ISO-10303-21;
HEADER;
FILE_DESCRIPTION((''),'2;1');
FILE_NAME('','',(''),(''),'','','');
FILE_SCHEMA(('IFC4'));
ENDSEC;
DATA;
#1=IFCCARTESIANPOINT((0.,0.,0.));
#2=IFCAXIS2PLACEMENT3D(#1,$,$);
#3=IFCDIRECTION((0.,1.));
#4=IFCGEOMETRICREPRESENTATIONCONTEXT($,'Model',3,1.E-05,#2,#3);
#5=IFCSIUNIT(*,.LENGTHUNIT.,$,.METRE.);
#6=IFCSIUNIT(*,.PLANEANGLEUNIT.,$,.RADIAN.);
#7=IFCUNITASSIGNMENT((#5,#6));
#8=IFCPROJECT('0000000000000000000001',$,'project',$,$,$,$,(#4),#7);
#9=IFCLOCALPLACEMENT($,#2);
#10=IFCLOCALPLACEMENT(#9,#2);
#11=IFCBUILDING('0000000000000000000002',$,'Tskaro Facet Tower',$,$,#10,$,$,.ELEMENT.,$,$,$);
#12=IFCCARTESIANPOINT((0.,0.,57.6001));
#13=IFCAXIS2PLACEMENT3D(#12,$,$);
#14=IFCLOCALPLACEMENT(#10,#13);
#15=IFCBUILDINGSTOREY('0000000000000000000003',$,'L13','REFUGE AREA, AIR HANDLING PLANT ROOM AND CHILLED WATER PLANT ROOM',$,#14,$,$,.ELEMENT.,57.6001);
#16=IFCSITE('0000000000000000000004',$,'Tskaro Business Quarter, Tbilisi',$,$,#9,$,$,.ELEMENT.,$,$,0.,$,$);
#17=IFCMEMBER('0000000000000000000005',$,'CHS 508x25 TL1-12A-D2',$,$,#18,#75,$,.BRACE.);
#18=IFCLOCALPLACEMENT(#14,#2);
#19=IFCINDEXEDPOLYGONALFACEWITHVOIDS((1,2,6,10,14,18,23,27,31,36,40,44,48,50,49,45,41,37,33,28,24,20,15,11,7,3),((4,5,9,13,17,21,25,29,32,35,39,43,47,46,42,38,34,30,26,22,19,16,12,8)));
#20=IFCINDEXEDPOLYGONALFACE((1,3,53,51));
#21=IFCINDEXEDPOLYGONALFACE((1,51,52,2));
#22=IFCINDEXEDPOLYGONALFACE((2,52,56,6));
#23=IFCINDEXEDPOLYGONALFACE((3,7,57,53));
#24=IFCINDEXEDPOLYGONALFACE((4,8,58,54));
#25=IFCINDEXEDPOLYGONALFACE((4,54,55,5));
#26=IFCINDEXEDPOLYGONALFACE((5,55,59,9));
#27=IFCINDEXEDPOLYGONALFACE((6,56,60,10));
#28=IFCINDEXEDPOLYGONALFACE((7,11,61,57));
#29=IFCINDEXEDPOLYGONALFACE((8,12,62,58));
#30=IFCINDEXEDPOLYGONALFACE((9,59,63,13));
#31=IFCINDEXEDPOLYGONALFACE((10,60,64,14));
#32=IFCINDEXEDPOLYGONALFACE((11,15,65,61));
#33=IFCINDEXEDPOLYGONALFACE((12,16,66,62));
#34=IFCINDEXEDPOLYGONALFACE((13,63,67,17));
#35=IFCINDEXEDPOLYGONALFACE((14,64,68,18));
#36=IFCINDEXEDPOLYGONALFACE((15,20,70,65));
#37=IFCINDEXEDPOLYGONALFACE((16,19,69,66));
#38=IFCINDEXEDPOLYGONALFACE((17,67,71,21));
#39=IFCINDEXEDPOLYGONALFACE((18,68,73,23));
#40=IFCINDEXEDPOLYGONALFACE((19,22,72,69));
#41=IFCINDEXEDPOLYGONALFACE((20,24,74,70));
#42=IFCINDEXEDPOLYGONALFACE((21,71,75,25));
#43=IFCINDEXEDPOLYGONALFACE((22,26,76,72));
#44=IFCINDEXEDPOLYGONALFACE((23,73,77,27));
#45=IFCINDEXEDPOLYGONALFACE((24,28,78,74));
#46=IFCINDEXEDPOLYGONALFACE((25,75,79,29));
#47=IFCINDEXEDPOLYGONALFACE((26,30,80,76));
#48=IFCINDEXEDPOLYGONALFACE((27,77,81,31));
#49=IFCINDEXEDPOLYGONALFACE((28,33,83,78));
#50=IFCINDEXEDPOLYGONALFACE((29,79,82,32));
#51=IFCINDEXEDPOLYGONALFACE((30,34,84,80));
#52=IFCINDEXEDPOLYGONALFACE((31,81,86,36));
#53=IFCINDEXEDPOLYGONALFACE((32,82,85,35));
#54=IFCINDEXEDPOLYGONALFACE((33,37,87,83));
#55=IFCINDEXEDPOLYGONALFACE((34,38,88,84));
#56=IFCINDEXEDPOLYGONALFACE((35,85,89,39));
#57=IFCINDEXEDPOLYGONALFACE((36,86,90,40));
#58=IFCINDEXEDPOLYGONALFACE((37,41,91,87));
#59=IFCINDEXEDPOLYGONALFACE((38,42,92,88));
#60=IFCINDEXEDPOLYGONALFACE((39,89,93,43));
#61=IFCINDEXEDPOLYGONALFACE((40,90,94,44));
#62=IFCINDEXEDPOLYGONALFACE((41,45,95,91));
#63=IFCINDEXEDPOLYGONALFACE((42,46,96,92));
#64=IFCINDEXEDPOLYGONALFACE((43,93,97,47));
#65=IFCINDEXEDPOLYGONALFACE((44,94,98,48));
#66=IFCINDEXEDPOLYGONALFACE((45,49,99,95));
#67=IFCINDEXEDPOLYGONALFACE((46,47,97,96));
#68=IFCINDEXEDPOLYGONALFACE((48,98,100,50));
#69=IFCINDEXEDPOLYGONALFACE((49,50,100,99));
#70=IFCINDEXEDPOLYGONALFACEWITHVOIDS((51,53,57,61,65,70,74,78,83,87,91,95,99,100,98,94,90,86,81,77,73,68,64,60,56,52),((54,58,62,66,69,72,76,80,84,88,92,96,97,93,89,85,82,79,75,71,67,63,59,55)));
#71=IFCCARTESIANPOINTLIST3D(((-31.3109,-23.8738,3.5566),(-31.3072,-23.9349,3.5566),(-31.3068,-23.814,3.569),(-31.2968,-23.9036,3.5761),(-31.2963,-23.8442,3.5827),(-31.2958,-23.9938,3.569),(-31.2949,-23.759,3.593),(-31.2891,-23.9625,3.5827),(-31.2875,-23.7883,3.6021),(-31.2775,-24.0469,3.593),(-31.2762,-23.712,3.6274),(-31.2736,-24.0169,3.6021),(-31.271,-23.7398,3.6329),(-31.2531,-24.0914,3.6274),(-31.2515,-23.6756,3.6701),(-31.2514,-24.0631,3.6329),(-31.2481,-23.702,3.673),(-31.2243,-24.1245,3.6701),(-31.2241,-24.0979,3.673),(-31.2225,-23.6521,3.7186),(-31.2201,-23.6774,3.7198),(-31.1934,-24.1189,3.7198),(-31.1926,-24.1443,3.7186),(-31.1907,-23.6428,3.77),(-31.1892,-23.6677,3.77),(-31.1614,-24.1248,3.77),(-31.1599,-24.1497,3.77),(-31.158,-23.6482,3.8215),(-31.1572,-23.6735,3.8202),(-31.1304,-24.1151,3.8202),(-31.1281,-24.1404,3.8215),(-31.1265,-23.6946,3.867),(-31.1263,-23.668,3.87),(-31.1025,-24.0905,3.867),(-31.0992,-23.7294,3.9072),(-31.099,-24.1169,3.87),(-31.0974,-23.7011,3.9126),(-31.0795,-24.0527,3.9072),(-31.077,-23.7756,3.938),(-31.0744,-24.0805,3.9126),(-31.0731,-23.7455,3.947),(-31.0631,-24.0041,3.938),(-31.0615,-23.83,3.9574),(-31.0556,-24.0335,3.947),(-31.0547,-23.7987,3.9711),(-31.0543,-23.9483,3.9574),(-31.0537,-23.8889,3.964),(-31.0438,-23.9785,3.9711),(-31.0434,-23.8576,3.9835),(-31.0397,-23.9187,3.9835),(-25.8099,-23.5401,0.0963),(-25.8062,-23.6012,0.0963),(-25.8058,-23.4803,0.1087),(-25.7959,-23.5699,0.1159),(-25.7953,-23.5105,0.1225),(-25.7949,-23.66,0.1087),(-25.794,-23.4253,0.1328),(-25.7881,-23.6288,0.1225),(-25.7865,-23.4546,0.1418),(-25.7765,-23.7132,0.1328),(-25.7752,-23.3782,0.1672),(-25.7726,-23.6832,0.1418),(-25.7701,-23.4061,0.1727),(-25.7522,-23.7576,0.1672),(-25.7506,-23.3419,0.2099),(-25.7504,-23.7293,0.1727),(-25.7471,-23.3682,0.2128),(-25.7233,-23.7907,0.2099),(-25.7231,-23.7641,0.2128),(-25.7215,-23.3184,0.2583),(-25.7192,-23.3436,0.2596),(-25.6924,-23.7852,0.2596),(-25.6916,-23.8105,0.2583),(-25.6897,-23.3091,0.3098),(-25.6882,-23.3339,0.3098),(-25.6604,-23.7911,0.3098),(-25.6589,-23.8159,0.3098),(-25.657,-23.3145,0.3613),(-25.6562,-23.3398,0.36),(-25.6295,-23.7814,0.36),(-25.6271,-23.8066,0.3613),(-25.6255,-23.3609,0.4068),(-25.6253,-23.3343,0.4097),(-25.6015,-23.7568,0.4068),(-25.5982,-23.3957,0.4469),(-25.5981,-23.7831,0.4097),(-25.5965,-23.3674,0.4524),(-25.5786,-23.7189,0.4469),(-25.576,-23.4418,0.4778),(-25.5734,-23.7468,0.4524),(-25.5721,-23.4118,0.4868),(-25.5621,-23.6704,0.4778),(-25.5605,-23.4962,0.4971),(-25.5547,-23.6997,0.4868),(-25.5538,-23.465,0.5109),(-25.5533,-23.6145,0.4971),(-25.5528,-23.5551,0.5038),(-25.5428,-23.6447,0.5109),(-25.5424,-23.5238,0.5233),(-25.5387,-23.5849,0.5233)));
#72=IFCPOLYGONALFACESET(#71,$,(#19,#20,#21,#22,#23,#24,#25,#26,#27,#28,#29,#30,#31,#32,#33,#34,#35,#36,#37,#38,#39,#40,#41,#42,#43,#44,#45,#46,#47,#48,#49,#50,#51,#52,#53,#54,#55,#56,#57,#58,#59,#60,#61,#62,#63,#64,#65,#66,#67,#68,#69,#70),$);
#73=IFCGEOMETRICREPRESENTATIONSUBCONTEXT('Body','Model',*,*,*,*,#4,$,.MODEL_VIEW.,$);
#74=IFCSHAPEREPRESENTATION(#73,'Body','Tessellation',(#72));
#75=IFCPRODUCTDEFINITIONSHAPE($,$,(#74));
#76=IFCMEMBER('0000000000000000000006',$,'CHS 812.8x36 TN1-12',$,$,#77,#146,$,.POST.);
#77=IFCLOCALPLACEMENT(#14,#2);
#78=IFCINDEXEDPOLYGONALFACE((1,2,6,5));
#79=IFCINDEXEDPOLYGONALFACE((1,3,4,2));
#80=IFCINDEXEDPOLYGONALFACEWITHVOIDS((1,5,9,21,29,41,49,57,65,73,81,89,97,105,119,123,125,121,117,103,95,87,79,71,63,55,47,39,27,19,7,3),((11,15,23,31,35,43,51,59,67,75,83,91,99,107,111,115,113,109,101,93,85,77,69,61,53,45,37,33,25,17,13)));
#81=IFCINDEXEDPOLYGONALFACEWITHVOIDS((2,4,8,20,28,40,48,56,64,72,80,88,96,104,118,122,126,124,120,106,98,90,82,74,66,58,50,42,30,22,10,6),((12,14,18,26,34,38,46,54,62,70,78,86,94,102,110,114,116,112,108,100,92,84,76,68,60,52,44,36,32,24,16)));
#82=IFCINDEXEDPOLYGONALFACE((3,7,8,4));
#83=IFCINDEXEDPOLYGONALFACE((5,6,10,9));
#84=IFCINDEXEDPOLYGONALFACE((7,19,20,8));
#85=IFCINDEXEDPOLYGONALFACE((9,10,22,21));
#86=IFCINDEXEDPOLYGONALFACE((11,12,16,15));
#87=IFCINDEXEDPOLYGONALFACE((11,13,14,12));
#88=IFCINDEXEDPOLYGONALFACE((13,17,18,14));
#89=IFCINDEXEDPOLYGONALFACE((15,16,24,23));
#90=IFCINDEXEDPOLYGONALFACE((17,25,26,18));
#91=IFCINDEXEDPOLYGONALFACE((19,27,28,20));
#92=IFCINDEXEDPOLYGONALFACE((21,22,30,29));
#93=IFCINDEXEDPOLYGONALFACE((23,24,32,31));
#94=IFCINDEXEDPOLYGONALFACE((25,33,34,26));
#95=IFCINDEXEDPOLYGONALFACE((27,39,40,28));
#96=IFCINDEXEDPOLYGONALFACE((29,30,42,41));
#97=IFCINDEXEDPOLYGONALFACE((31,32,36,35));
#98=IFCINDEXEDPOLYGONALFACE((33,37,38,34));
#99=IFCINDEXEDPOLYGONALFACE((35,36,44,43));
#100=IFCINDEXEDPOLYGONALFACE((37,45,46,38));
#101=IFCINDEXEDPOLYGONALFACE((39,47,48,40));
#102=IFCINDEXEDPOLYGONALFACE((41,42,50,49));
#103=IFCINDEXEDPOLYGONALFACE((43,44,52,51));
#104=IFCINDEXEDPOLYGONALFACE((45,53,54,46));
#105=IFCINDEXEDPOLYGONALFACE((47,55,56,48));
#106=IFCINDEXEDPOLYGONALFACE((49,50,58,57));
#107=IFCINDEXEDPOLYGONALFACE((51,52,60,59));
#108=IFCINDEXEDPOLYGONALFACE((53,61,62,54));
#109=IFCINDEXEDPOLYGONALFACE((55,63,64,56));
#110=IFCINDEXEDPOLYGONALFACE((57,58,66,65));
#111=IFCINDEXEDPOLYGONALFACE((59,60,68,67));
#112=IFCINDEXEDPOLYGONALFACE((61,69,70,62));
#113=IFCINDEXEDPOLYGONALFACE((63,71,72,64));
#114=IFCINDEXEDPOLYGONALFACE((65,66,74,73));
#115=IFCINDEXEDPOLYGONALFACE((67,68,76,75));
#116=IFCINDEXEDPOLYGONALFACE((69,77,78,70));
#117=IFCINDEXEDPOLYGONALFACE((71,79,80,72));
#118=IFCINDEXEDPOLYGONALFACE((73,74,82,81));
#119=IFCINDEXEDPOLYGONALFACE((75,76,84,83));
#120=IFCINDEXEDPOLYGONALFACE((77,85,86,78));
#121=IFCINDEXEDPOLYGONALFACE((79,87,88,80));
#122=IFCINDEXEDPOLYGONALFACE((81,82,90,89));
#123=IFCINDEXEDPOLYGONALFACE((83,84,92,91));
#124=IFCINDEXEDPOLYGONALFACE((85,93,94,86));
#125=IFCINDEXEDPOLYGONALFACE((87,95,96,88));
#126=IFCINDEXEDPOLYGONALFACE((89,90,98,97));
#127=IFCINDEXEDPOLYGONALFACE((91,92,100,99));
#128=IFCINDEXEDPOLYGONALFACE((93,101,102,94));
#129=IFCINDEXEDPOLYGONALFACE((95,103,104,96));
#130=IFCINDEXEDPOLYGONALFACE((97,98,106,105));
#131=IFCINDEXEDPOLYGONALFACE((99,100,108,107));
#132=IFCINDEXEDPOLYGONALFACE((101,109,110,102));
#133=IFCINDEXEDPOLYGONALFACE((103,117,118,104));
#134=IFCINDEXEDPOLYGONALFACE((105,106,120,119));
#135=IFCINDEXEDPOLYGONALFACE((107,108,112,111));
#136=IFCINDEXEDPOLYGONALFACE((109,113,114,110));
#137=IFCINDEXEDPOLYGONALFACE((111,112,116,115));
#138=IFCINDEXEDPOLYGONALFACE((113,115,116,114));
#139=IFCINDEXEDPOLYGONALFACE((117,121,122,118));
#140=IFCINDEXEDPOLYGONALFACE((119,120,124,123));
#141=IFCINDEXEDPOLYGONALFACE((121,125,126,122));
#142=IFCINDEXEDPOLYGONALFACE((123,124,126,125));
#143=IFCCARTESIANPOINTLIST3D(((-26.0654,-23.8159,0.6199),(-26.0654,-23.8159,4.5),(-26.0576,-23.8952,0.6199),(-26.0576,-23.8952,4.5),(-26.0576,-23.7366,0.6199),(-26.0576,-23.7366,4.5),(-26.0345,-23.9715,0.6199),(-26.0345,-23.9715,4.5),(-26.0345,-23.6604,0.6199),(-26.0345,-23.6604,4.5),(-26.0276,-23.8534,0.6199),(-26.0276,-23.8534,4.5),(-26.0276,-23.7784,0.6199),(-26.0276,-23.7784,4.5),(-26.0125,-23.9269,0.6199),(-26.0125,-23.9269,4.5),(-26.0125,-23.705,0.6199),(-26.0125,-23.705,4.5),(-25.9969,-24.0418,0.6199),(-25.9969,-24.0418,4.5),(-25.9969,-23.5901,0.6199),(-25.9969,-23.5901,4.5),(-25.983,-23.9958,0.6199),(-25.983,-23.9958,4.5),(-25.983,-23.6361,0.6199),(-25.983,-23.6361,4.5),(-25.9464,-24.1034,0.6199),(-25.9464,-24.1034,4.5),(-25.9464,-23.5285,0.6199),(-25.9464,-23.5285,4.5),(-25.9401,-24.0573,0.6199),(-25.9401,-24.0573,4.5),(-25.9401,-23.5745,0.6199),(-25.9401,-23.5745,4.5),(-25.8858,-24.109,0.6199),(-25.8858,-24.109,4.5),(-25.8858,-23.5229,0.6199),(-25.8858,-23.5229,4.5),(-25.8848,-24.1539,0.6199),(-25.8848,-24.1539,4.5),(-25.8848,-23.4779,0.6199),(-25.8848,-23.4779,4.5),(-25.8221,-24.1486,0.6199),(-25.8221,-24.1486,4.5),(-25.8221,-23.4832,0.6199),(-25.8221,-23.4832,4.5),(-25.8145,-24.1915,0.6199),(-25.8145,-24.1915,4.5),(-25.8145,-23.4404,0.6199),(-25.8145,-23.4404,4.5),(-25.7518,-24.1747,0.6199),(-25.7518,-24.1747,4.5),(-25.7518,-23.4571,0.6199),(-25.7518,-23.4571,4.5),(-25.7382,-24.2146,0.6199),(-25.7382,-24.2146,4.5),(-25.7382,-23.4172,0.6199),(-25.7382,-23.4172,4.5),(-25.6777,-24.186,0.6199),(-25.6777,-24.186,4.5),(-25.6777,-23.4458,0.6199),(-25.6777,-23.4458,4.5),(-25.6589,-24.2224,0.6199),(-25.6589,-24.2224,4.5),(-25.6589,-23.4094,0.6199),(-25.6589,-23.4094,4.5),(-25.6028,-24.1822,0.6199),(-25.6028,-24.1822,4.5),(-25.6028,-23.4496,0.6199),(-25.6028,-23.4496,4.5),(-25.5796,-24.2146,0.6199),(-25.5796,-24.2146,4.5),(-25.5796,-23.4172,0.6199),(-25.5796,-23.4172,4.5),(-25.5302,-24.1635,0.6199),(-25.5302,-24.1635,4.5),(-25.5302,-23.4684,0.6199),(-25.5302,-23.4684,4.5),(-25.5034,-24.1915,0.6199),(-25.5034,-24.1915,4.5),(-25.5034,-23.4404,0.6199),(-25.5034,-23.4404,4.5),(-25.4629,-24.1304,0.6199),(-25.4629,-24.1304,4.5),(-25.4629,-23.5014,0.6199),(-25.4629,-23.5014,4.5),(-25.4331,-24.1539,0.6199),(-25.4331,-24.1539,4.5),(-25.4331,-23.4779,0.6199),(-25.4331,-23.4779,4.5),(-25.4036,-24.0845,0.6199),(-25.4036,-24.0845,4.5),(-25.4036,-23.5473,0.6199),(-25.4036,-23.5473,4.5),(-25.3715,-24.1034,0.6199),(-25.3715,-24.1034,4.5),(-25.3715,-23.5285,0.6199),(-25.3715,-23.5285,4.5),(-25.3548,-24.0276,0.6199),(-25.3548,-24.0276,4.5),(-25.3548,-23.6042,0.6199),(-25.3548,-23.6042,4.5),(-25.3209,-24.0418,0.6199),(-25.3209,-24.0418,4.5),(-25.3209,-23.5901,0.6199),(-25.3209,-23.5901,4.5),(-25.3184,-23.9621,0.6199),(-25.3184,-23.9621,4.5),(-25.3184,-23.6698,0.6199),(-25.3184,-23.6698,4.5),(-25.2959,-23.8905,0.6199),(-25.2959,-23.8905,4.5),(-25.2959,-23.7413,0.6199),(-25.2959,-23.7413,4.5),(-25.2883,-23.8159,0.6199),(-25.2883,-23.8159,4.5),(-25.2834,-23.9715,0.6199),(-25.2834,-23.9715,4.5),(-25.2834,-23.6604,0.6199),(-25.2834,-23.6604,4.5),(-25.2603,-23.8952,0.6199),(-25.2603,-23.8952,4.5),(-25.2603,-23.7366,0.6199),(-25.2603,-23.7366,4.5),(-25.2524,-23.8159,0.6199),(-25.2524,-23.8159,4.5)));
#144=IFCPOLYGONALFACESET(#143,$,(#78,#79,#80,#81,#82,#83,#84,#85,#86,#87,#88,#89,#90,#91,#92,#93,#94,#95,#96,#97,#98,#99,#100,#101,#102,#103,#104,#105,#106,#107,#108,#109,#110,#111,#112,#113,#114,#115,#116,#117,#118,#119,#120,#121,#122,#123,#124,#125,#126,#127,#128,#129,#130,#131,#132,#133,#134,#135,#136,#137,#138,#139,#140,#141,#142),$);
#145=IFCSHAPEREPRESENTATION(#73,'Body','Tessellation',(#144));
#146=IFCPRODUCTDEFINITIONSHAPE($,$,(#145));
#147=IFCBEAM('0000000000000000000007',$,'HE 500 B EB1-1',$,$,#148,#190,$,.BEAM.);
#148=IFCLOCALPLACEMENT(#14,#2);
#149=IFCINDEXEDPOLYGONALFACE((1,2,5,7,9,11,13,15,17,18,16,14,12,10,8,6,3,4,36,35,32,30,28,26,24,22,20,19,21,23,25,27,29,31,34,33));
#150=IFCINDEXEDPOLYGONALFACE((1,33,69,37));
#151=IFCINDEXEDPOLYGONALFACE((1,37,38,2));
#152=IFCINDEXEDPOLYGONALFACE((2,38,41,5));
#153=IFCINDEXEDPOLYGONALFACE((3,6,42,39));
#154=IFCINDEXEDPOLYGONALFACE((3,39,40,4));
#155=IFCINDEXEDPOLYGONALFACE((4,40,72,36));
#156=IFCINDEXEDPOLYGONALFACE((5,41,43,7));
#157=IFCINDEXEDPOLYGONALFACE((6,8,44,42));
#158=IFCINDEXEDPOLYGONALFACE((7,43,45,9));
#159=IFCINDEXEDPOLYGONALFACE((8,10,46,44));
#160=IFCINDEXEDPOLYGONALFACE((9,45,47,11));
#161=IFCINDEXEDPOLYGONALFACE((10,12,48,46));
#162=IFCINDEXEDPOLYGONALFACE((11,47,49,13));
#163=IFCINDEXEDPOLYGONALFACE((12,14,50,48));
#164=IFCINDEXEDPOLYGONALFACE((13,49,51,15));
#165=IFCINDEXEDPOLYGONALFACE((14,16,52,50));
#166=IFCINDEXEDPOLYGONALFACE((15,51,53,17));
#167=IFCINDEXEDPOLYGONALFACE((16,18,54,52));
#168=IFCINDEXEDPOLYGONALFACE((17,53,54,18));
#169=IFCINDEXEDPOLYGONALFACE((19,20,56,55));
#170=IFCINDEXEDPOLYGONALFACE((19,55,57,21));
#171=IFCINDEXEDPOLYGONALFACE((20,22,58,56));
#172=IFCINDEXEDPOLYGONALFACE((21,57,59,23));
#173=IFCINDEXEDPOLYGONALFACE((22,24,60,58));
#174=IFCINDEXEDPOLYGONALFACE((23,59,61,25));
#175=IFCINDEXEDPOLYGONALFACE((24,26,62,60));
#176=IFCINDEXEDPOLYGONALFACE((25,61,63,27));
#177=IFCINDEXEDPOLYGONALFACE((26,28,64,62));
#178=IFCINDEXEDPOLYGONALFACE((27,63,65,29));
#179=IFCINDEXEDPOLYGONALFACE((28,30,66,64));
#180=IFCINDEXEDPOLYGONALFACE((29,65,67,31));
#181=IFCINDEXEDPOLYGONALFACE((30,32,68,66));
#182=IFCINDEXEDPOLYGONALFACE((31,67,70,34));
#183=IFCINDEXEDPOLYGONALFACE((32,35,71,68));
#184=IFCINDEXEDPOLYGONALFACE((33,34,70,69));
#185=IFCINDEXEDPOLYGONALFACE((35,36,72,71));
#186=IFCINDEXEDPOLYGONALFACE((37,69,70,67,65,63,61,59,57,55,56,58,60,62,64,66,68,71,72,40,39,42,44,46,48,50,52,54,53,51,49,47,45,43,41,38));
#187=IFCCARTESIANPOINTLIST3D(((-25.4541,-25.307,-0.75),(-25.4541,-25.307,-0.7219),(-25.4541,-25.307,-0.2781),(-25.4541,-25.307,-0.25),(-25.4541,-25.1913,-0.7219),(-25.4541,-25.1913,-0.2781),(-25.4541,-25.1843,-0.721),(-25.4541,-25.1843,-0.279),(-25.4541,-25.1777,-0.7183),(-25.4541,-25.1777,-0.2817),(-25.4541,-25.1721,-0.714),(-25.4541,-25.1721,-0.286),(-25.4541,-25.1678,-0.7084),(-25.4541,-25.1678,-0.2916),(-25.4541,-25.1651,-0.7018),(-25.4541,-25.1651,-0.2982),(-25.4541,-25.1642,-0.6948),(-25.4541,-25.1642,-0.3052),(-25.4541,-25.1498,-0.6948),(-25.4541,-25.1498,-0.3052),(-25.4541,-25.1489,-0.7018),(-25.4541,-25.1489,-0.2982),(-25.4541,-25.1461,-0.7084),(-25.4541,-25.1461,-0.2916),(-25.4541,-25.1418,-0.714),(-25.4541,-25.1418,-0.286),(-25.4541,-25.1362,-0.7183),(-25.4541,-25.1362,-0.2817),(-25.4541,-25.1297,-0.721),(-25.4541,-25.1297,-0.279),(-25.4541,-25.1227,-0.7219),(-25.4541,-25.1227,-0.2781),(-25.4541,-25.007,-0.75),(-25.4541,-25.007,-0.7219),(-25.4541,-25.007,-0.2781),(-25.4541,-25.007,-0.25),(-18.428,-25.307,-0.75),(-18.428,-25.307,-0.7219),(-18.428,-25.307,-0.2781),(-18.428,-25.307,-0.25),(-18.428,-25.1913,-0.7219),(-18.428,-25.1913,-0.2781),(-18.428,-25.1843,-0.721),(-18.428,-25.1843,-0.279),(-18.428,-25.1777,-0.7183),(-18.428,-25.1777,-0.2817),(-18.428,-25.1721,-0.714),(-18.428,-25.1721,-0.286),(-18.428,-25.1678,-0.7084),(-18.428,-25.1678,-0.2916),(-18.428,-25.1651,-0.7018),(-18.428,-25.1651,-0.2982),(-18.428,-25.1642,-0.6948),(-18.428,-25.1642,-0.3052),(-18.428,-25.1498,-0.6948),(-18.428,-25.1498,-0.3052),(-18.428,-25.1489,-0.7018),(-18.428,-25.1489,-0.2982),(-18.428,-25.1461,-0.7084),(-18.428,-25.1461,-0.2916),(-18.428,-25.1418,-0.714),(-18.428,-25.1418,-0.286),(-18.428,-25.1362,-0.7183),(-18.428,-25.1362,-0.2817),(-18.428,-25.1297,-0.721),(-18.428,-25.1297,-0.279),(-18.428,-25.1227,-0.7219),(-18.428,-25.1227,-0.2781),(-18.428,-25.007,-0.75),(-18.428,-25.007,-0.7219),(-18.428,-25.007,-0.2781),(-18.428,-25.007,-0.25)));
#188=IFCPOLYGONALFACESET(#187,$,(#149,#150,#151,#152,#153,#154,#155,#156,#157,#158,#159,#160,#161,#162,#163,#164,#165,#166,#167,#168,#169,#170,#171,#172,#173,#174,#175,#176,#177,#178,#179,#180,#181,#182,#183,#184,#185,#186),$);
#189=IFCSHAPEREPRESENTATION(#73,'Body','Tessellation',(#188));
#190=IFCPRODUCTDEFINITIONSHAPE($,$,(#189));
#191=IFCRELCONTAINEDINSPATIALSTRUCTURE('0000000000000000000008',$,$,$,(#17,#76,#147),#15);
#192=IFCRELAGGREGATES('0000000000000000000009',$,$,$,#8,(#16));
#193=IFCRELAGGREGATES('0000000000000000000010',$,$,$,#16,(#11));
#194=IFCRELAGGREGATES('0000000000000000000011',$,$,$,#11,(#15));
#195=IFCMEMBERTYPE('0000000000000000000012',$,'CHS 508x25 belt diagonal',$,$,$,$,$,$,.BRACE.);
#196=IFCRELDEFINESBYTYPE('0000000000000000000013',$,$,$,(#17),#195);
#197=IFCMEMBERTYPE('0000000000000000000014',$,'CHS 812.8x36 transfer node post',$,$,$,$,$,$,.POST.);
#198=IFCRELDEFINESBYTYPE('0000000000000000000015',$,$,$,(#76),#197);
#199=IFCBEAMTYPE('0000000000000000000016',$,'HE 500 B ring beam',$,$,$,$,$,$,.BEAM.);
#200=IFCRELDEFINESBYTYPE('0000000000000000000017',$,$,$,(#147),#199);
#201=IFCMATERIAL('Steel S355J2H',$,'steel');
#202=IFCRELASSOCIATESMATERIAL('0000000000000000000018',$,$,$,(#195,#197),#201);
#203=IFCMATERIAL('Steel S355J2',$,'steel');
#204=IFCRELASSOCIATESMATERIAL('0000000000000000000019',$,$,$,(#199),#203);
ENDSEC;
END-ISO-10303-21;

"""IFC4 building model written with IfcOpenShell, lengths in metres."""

from ifc_helpers import new_model, si_unit, direction, frame, origin, origin_2d, place, context, subcontext, project, spatial, hollow_circle, i_section, extrude, material, material_profile, profile_set, type_object, element, save


model = new_model("IFC4")

# Units and contexts
model_context = context("Model", 3, precision=1e-05, world=origin(), true_north=direction((0.0, 1.0)))
body_context = subcontext(model_context, "Body", "Model", "MODEL_VIEW")
ifc_project = project(units=[si_unit("LENGTHUNIT", "METRE"), si_unit("PLANEANGLEUNIT", "RADIAN")], contexts=[model_context])

# Site, building, storey
site_placement = place(None, origin())
site = spatial("IfcSite", under=ifc_project, at=site_placement, Name="Tskaro Business Quarter, Tbilisi", CompositionType="ELEMENT", RefElevation=0.0)
building_placement = place(site_placement, origin())
building = spatial("IfcBuilding", under=site, at=building_placement, Name="Tskaro Facet Tower", CompositionType="ELEMENT")
storey_placement = place(building_placement, frame((0.0, 0.0, 57.6001)))
storey = spatial("IfcBuildingStorey", under=building, at=storey_placement, Name="L13", Description="REFUGE AREA, AIR HANDLING PLANT ROOM AND CHILLED WATER PLANT ROOM", CompositionType="ELEMENT", Elevation=57.6001)

# Shared definitions
ifc_material_1 = material(Name="Steel S355J2H", Category="steel")

# Shared definitions
ifc_material_2 = material(Name="Steel S355J2", Category="steel")

# Members
ifc_material_profile_1 = material_profile(ifc_material_1, hollow_circle(Radius=0.2539, WallThickness=0.0249, at=origin_2d()), Name="CHS 508x25")
ifc_profile_set_1 = profile_set([ifc_material_profile_1], Name="Steel S355J2H")
member_type_1 = type_object("IfcMemberType", Name="CHS 508x25 belt diagonal", PredefinedType="BRACE", material=ifc_profile_set_1)
for number, where, z_axis, x_axis, name in (
    (1, (-31.1753, -23.8962, 3.77), (0.845353, 0.051287, -0.531741), (-0.060558, 0.998165, 0.0), "CHS 508x25 TL1-12A-D2"),
):
    element("IfcMember", number, at=place(storey_placement, frame(where, z_axis=z_axis, x_axis=x_axis)), inside=storey, type_object=member_type_1, Name=name, PredefinedType="BRACE", context=body_context, shape_type="SweptSolid", body=[
        extrude(hollow_circle(Radius=0.2539, WallThickness=0.0249, at=origin_2d()), origin(), (0.0, 0.0, 1.0), 6.5073),
    ])
ifc_material_profile_2 = material_profile(ifc_material_1, hollow_circle(Radius=0.4065, WallThickness=0.0359, at=origin_2d()), Name="CHS 812.8x36")
ifc_profile_set_2 = profile_set([ifc_material_profile_2], Name="Steel S355J2H")
member_type_2 = type_object("IfcMemberType", Name="CHS 812.8x36 transfer node post", PredefinedType="POST", material=ifc_profile_set_2)
member_1_placement = place(storey_placement, frame((-25.6589, -23.8159, 0.6199), z_axis=(0.0, 0.0, 1.0), x_axis=(1.0, 0.0, 0.0)))
element("IfcMember", 2, at=member_1_placement, inside=storey, type_object=member_type_2, Name="CHS 812.8x36 TN1-12", PredefinedType="POST", context=body_context, shape_type="SweptSolid", body=[
    extrude(hollow_circle(Radius=0.4065, WallThickness=0.0359, at=origin_2d()), origin(), (0.0, 0.0, 1.0), 3.8801),
])

# Beam
ifc_material_profile_3 = material_profile(ifc_material_2, i_section(OverallWidth=0.3, OverallDepth=0.5, WebThickness=0.0144, FlangeThickness=0.0281, FilletRadius=0.0271, at=origin_2d()), Name="HE 500 B")
ifc_profile_set_3 = profile_set([ifc_material_profile_3], Name="Steel S355J2")
beam_type_1 = type_object("IfcBeamType", Name="HE 500 B ring beam", PredefinedType="BEAM", material=ifc_profile_set_3)
beam_1_placement = place(storey_placement, frame((-25.4541, -25.157, -0.5), z_axis=(1.0, 0.0, 0.0), x_axis=(0.0, 1.0, 0.0)))
element("IfcBeam", 3, at=beam_1_placement, inside=storey, type_object=beam_type_1, Name="HE 500 B EB1-1", PredefinedType="BEAM", context=body_context, shape_type="SweptSolid", body=[
    extrude(i_section(OverallWidth=0.3, OverallDepth=0.5, WebThickness=0.0144, FlangeThickness=0.0281, FilletRadius=0.0271, at=origin_2d()), origin(), (0.0, 0.0, 1.0), 7.0261),
])

save(model, "model.ifc")
